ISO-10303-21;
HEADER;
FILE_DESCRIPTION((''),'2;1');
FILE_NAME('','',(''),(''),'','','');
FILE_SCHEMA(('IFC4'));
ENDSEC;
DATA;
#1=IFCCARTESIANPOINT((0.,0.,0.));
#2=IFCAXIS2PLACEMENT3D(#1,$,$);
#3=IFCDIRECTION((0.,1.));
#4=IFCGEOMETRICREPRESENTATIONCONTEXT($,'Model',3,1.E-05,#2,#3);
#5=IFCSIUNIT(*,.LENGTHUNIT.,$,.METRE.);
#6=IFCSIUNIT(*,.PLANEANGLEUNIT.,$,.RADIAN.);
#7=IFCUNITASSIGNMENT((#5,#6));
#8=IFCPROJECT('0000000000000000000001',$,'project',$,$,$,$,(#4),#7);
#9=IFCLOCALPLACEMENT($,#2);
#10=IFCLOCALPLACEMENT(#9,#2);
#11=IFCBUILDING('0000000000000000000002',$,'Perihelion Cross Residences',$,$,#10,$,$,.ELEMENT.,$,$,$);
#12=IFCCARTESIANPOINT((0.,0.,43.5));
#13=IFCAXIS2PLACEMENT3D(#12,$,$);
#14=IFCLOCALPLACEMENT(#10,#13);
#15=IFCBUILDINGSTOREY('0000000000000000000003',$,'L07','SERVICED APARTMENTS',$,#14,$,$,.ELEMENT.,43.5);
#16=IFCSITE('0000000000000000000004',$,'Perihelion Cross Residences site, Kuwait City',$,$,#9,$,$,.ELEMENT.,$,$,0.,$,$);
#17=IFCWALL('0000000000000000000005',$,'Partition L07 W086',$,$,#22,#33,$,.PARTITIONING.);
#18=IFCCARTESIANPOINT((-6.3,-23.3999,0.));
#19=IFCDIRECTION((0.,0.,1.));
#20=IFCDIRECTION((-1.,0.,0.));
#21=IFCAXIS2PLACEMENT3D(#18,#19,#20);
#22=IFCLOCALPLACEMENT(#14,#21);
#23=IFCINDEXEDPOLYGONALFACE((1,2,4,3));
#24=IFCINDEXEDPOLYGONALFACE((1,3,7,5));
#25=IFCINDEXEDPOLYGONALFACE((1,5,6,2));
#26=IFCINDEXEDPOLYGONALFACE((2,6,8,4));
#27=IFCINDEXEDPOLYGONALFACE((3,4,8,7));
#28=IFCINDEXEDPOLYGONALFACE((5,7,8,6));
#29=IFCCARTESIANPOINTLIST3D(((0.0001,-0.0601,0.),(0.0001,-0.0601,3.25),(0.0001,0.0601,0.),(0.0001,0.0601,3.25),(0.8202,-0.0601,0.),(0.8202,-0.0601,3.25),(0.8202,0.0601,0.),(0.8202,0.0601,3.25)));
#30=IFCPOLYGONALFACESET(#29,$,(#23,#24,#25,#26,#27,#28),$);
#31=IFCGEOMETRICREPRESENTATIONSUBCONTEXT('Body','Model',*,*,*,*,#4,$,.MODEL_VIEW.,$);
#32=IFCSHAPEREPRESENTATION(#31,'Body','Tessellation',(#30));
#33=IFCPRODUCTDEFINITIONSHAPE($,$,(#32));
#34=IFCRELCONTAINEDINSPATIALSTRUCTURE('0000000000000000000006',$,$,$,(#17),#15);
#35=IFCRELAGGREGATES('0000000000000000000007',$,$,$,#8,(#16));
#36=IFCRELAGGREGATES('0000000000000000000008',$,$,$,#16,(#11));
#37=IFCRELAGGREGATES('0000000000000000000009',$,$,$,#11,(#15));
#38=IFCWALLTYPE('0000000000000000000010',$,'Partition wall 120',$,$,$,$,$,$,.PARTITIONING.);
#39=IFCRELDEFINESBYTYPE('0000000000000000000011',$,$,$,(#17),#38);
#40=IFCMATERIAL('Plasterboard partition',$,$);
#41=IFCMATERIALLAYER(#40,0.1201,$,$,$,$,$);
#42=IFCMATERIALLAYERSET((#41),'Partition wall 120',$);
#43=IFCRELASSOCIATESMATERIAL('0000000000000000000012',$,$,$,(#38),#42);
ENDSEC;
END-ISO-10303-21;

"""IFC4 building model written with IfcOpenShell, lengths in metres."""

from ifc_helpers import new_model, si_unit, direction, frame, frame_2d, origin, place, context, subcontext, project, spatial, rectangle, extrude, material, layer, layer_set, type_object, element, save


model = new_model("IFC4")

# Units and contexts
model_context = context("Model", 3, precision=1e-05, world=origin(), true_north=direction((0.0, 1.0)))
body_context = subcontext(model_context, "Body", "Model", "MODEL_VIEW")
ifc_project = project(units=[si_unit("LENGTHUNIT", "METRE"), si_unit("PLANEANGLEUNIT", "RADIAN")], contexts=[model_context])

# Site, building, storey
site_placement = place(None, origin())
site = spatial("IfcSite", under=ifc_project, at=site_placement, Name="Perihelion Cross Residences site, Kuwait City", CompositionType="ELEMENT", RefElevation=0.0)
building_placement = place(site_placement, origin())
building = spatial("IfcBuilding", under=site, at=building_placement, Name="Perihelion Cross Residences", CompositionType="ELEMENT")
storey_placement = place(building_placement, frame((0.0, 0.0, 43.5)))
storey = spatial("IfcBuildingStorey", under=building, at=storey_placement, Name="L07", Description="SERVICED APARTMENTS", CompositionType="ELEMENT", Elevation=43.5)

# Shared definitions
ifc_material_1 = material(Name="Plasterboard partition")
ifc_layer_1 = layer(ifc_material_1, 0.1201)
ifc_layer_set_1 = layer_set([ifc_layer_1], Name="Partition wall 120")
wall_type_1 = type_object("IfcWallType", Name="Partition wall 120", PredefinedType="PARTITIONING", material=ifc_layer_set_1)

# Wall
wall_1_placement = place(storey_placement, frame((-6.3, -23.3999, 0.0), z_axis=(0.0, 0.0, 1.0), x_axis=(-1.0, 0.0, 0.0)))
element("IfcWall", 1, at=wall_1_placement, inside=storey, type_object=wall_type_1, Name="Partition L07 W086", PredefinedType="PARTITIONING", context=body_context, shape_type="SweptSolid", body=[
    extrude(rectangle(XDim=0.8201, YDim=0.1201, at=frame_2d((0.4102, 0.0))), origin(), (0.0, 0.0, 1.0), 3.25),
])

save(model, "model.ifc")
